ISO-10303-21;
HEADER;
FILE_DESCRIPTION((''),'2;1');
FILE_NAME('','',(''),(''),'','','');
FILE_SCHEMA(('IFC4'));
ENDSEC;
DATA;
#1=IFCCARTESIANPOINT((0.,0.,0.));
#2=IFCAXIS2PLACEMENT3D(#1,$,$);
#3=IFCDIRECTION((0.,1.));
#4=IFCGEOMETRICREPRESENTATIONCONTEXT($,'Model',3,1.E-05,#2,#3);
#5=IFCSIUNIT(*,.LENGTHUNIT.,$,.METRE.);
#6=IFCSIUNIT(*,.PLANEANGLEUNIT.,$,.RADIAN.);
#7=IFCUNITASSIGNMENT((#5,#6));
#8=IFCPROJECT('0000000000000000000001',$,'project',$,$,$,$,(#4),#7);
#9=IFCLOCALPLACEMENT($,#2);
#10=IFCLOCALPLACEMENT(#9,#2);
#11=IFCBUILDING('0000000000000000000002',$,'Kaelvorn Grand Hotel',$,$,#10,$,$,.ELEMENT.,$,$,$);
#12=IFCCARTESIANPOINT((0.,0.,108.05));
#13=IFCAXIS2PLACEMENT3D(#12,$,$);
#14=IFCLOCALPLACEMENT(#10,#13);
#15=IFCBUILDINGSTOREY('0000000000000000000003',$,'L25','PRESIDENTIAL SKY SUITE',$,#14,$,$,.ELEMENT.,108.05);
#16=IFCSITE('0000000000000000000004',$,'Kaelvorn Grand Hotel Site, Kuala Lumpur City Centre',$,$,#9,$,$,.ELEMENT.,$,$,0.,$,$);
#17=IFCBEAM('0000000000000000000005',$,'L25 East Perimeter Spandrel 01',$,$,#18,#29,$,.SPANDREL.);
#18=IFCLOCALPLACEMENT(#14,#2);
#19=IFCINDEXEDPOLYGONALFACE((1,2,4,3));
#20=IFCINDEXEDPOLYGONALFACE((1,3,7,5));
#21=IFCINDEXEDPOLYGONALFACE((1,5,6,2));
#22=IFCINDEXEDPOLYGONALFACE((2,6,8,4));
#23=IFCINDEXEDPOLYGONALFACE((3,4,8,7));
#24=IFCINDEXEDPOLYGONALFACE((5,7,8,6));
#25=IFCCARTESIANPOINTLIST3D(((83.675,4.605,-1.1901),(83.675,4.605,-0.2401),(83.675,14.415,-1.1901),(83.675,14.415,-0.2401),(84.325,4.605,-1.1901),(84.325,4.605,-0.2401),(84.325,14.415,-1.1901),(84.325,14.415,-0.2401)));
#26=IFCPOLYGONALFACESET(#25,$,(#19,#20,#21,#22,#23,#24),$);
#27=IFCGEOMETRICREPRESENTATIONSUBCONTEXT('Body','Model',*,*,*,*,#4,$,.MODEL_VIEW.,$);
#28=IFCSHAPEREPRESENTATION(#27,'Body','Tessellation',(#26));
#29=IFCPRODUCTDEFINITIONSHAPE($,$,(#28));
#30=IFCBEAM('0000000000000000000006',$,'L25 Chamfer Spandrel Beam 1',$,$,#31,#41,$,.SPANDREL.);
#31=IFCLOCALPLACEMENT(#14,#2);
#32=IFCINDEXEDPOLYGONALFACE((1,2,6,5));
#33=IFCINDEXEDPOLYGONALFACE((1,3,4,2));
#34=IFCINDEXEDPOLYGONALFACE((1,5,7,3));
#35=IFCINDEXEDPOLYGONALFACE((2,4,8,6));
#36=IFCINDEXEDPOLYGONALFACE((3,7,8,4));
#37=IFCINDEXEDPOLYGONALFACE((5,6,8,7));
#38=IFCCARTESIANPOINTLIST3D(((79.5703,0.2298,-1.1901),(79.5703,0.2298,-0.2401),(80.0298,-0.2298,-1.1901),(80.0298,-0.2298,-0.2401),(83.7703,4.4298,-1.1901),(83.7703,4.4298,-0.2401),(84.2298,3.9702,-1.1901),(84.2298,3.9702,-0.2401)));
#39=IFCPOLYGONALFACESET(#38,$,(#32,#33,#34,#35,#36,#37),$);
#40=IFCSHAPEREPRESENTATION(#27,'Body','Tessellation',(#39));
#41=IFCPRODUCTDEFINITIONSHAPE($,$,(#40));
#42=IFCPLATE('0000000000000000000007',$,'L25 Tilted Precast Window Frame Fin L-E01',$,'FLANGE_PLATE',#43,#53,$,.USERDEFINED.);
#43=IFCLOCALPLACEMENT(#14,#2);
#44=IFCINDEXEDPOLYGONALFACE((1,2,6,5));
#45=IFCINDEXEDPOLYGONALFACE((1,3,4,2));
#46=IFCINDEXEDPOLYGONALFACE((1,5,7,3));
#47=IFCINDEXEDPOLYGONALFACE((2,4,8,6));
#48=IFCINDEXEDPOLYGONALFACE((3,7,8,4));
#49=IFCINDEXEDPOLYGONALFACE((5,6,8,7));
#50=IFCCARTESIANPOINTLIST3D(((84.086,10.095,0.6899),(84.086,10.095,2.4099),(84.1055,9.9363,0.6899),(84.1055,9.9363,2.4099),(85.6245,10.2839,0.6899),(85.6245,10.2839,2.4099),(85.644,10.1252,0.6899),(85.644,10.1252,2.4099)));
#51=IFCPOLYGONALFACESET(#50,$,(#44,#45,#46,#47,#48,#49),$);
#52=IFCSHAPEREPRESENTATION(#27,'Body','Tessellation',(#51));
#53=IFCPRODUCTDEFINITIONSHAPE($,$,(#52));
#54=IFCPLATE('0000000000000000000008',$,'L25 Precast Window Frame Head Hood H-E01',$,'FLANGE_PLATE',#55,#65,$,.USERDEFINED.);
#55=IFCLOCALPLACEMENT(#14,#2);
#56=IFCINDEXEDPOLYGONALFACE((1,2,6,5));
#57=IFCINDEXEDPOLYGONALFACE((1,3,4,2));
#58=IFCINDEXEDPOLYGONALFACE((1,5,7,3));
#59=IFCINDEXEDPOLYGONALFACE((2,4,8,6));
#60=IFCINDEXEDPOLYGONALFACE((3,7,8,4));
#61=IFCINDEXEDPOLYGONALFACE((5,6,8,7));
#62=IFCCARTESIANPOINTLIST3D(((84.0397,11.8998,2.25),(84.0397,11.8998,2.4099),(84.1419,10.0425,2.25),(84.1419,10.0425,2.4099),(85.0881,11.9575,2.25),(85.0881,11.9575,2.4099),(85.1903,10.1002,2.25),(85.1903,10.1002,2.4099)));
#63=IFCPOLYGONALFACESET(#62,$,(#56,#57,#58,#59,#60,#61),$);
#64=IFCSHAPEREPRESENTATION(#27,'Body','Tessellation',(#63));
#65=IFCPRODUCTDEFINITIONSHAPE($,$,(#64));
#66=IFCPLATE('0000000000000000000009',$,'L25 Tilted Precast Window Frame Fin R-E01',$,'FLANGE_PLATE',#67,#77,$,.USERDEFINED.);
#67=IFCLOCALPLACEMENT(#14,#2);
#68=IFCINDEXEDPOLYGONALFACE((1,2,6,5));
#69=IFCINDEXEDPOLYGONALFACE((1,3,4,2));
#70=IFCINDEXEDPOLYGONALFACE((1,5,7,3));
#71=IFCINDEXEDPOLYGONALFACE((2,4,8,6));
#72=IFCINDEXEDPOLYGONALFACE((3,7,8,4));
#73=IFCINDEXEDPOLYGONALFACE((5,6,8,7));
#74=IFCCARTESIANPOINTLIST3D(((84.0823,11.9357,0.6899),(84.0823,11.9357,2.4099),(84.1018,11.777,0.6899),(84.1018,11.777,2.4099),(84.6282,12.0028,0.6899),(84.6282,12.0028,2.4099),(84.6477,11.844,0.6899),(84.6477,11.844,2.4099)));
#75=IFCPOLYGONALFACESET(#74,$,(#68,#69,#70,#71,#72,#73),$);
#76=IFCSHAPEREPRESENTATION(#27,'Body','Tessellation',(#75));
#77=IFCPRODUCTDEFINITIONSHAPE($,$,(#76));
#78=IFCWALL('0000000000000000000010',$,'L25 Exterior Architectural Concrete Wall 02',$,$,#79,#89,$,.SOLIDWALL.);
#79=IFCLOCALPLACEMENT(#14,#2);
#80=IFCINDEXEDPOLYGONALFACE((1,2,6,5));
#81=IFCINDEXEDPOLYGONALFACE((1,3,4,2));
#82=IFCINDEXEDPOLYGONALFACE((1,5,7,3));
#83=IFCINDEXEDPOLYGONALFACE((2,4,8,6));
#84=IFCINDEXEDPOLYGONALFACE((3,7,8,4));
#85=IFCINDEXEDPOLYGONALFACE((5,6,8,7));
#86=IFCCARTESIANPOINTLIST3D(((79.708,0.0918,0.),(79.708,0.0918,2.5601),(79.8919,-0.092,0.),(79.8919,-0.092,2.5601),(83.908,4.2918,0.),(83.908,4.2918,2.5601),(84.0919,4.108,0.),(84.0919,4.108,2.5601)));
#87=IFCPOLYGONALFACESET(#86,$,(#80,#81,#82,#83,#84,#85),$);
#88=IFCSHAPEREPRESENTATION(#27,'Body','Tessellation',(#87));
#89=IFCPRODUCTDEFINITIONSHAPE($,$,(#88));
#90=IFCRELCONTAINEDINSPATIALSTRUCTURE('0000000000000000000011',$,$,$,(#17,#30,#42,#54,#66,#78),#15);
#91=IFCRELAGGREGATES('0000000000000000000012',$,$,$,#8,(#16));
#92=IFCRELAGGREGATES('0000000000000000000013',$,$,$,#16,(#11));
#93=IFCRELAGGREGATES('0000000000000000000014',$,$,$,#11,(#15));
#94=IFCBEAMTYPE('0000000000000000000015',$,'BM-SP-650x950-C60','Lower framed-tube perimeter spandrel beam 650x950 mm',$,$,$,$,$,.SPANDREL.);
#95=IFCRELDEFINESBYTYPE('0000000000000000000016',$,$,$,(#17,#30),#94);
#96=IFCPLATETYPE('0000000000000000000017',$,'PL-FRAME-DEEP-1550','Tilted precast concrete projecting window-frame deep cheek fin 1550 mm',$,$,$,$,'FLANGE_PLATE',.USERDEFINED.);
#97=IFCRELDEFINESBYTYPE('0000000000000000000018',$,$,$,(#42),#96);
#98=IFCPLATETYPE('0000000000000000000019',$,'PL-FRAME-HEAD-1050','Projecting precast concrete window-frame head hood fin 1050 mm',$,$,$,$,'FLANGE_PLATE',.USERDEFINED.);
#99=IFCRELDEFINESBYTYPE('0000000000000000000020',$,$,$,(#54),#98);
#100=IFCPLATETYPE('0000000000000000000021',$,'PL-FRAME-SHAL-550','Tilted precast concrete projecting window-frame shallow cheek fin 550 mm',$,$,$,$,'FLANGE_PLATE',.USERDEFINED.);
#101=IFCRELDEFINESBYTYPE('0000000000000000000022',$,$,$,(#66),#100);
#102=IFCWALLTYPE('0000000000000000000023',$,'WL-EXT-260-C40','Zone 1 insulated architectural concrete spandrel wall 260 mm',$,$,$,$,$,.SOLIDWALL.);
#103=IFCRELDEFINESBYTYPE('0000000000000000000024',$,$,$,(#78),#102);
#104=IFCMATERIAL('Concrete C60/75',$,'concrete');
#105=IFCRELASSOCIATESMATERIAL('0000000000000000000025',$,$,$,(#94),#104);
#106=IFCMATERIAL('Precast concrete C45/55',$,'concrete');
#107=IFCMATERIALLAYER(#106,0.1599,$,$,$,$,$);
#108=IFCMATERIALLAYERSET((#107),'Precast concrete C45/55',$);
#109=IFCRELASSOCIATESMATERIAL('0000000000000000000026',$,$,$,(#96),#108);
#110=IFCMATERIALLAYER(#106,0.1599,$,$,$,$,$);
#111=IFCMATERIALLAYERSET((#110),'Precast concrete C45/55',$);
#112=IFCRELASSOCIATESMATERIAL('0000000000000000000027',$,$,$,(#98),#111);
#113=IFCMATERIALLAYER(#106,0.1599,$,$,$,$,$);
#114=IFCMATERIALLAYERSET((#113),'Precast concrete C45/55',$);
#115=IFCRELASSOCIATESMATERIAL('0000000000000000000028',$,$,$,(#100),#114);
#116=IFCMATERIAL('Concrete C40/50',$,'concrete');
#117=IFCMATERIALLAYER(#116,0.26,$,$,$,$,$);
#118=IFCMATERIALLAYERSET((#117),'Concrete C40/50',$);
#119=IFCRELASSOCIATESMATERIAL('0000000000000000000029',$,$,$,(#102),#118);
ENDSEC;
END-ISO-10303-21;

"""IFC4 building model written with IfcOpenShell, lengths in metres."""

from ifc_helpers import new_model, si_unit, direction, frame, frame_2d, origin, origin_2d, place, context, subcontext, project, spatial, rectangle, extrude, material, layer, layer_set, material_profile, profile_set, type_object, element, save


model = new_model("IFC4")

# Units and contexts
model_context = context("Model", 3, precision=1e-05, world=origin(), true_north=direction((0.0, 1.0)))
body_context = subcontext(model_context, "Body", "Model", "MODEL_VIEW")
ifc_project = project(units=[si_unit("LENGTHUNIT", "METRE"), si_unit("PLANEANGLEUNIT", "RADIAN")], contexts=[model_context])

# Site, building, storey
site_placement = place(None, origin())
site = spatial("IfcSite", under=ifc_project, at=site_placement, Name="Kaelvorn Grand Hotel Site, Kuala Lumpur City Centre", CompositionType="ELEMENT", RefElevation=0.0)
building_placement = place(site_placement, origin())
building = spatial("IfcBuilding", under=site, at=building_placement, Name="Kaelvorn Grand Hotel", CompositionType="ELEMENT")
storey_placement = place(building_placement, frame((0.0, 0.0, 108.05)))
storey = spatial("IfcBuildingStorey", under=building, at=storey_placement, Name="L25", Description="PRESIDENTIAL SKY SUITE", CompositionType="ELEMENT", Elevation=108.05)

# Shared definitions
ifc_material_1 = material(Name="Concrete C60/75", Category="concrete")

# Beams
ifc_material_2 = material(Name="Concrete C40/50", Category="concrete")
ifc_material_profile_1 = material_profile(ifc_material_1, rectangle(XDim=0.6499, YDim=0.95, at=origin_2d()), Name="RC SPANDREL 650x950")
ifc_profile_set_1 = profile_set([ifc_material_profile_1], Name="Concrete C60/75")
beam_type_1 = type_object("IfcBeamType", Name="BM-SP-650x950-C60", Description="Lower framed-tube perimeter spandrel beam 650x950 mm", PredefinedType="SPANDREL", material=ifc_profile_set_1)
beam_1_placement = place(storey_placement, frame((84.0, 4.605, -0.7151), z_axis=(0.0, 1.0, 0.0), x_axis=(-1.0, 0.0, 0.0)))
element("IfcBeam", 1, at=beam_1_placement, inside=storey, type_object=beam_type_1, Name="L25 East Perimeter Spandrel 01", PredefinedType="SPANDREL", context=body_context, shape_type="SweptSolid", body=[
    extrude(rectangle(XDim=0.6499, YDim=0.95, at=origin_2d()), origin(), (0.0, 0.0, 1.0), 9.8101),
])
beam_2_placement = place(storey_placement, frame((79.8, 0.0, -0.7151), z_axis=(0.707107, 0.707107, 0.0), x_axis=(-0.707107, 0.707107, 0.0)))
element("IfcBeam", 2, at=beam_2_placement, inside=storey, type_object=beam_type_1, Name="L25 Chamfer Spandrel Beam 1", PredefinedType="SPANDREL", context=body_context, shape_type="SweptSolid", body=[
    extrude(rectangle(XDim=0.6499, YDim=0.95, at=origin_2d()), origin(), (0.0, 0.0, 1.0), 5.9397),
])

# Plates
ifc_material_3 = material(Name="Precast concrete C45/55", Category="concrete")
ifc_layer_1 = layer(ifc_material_3, 0.1599)
ifc_layer_set_1 = layer_set([ifc_layer_1], Name="Precast concrete C45/55")
plate_type_1 = type_object("IfcPlateType", Name="PL-FRAME-DEEP-1550", Description="Tilted precast concrete projecting window-frame deep cheek fin 1550 mm", ElementType="FLANGE_PLATE", PredefinedType="USERDEFINED", material=ifc_layer_set_1)
plate_1_placement = place(storey_placement, frame((84.865, 10.1101, 0.6899), z_axis=(0.0, 0.0, 1.0), x_axis=(-0.121869, 0.992546, 0.0)))
element("IfcPlate", 3, at=plate_1_placement, inside=storey, type_object=plate_type_1, Name="L25 Tilted Precast Window Frame Fin L-E01", ObjectType="FLANGE_PLATE", PredefinedType="USERDEFINED", context=body_context, shape_type="SweptSolid", body=[
    extrude(rectangle(XDim=0.1599, YDim=1.55, at=origin_2d()), origin(), (0.0, 0.0, 1.0), 1.72),
])
ifc_layer_2 = layer(ifc_material_3, 0.1599)
ifc_layer_set_2 = layer_set([ifc_layer_2], Name="Precast concrete C45/55")
plate_type_2 = type_object("IfcPlateType", Name="PL-FRAME-HEAD-1050", Description="Projecting precast concrete window-frame head hood fin 1050 mm", ElementType="FLANGE_PLATE", PredefinedType="USERDEFINED", material=ifc_layer_set_2)
plate_2_placement = place(storey_placement, frame((84.615, 11.0, 2.25), z_axis=(0.0, 0.0, 1.0), x_axis=(-0.05495, 0.998489, 0.0)))
element("IfcPlate", 4, at=plate_2_placement, inside=storey, type_object=plate_type_2, Name="L25 Precast Window Frame Head Hood H-E01", ObjectType="FLANGE_PLATE", PredefinedType="USERDEFINED", context=body_context, shape_type="SweptSolid", body=[
    extrude(rectangle(XDim=1.8601, YDim=1.05, at=origin_2d()), origin(), (0.0, 0.0, 1.0), 0.1599),
])
ifc_layer_3 = layer(ifc_material_3, 0.1599)
ifc_layer_set_3 = layer_set([ifc_layer_3], Name="Precast concrete C45/55")
plate_type_3 = type_object("IfcPlateType", Name="PL-FRAME-SHAL-550", Description="Tilted precast concrete projecting window-frame shallow cheek fin 550 mm", ElementType="FLANGE_PLATE", PredefinedType="USERDEFINED", material=ifc_layer_set_3)
plate_3_placement = place(storey_placement, frame((84.365, 11.8899, 0.6899), z_axis=(0.0, 0.0, 1.0), x_axis=(-0.121869, 0.992546, 0.0)))
element("IfcPlate", 5, at=plate_3_placement, inside=storey, type_object=plate_type_3, Name="L25 Tilted Precast Window Frame Fin R-E01", ObjectType="FLANGE_PLATE", PredefinedType="USERDEFINED", context=body_context, shape_type="SweptSolid", body=[
    extrude(rectangle(XDim=0.1599, YDim=0.55, at=origin_2d()), origin(), (0.0, 0.0, 1.0), 1.72),
])

# Wall
ifc_layer_4 = layer(ifc_material_2, 0.26)
ifc_layer_set_4 = layer_set([ifc_layer_4], Name="Concrete C40/50")
wall_type_1 = type_object("IfcWallType", Name="WL-EXT-260-C40", Description="Zone 1 insulated architectural concrete spandrel wall 260 mm", PredefinedType="SOLIDWALL", material=ifc_layer_set_4)
wall_1_placement = place(storey_placement, frame((79.8, 0.0, 0.0), z_axis=(0.0, 0.0, 1.0), x_axis=(0.707107, 0.707107, 0.0)))
element("IfcWall", 6, at=wall_1_placement, inside=storey, type_object=wall_type_1, Name="L25 Exterior Architectural Concrete Wall 02", PredefinedType="SOLIDWALL", context=body_context, shape_type="SweptSolid", body=[
    extrude(rectangle(XDim=5.9397, YDim=0.26, at=frame_2d((2.9697, 0.0))), origin(), (0.0, 0.0, 1.0), 2.5601),
])

save(model, "model.ifc")
